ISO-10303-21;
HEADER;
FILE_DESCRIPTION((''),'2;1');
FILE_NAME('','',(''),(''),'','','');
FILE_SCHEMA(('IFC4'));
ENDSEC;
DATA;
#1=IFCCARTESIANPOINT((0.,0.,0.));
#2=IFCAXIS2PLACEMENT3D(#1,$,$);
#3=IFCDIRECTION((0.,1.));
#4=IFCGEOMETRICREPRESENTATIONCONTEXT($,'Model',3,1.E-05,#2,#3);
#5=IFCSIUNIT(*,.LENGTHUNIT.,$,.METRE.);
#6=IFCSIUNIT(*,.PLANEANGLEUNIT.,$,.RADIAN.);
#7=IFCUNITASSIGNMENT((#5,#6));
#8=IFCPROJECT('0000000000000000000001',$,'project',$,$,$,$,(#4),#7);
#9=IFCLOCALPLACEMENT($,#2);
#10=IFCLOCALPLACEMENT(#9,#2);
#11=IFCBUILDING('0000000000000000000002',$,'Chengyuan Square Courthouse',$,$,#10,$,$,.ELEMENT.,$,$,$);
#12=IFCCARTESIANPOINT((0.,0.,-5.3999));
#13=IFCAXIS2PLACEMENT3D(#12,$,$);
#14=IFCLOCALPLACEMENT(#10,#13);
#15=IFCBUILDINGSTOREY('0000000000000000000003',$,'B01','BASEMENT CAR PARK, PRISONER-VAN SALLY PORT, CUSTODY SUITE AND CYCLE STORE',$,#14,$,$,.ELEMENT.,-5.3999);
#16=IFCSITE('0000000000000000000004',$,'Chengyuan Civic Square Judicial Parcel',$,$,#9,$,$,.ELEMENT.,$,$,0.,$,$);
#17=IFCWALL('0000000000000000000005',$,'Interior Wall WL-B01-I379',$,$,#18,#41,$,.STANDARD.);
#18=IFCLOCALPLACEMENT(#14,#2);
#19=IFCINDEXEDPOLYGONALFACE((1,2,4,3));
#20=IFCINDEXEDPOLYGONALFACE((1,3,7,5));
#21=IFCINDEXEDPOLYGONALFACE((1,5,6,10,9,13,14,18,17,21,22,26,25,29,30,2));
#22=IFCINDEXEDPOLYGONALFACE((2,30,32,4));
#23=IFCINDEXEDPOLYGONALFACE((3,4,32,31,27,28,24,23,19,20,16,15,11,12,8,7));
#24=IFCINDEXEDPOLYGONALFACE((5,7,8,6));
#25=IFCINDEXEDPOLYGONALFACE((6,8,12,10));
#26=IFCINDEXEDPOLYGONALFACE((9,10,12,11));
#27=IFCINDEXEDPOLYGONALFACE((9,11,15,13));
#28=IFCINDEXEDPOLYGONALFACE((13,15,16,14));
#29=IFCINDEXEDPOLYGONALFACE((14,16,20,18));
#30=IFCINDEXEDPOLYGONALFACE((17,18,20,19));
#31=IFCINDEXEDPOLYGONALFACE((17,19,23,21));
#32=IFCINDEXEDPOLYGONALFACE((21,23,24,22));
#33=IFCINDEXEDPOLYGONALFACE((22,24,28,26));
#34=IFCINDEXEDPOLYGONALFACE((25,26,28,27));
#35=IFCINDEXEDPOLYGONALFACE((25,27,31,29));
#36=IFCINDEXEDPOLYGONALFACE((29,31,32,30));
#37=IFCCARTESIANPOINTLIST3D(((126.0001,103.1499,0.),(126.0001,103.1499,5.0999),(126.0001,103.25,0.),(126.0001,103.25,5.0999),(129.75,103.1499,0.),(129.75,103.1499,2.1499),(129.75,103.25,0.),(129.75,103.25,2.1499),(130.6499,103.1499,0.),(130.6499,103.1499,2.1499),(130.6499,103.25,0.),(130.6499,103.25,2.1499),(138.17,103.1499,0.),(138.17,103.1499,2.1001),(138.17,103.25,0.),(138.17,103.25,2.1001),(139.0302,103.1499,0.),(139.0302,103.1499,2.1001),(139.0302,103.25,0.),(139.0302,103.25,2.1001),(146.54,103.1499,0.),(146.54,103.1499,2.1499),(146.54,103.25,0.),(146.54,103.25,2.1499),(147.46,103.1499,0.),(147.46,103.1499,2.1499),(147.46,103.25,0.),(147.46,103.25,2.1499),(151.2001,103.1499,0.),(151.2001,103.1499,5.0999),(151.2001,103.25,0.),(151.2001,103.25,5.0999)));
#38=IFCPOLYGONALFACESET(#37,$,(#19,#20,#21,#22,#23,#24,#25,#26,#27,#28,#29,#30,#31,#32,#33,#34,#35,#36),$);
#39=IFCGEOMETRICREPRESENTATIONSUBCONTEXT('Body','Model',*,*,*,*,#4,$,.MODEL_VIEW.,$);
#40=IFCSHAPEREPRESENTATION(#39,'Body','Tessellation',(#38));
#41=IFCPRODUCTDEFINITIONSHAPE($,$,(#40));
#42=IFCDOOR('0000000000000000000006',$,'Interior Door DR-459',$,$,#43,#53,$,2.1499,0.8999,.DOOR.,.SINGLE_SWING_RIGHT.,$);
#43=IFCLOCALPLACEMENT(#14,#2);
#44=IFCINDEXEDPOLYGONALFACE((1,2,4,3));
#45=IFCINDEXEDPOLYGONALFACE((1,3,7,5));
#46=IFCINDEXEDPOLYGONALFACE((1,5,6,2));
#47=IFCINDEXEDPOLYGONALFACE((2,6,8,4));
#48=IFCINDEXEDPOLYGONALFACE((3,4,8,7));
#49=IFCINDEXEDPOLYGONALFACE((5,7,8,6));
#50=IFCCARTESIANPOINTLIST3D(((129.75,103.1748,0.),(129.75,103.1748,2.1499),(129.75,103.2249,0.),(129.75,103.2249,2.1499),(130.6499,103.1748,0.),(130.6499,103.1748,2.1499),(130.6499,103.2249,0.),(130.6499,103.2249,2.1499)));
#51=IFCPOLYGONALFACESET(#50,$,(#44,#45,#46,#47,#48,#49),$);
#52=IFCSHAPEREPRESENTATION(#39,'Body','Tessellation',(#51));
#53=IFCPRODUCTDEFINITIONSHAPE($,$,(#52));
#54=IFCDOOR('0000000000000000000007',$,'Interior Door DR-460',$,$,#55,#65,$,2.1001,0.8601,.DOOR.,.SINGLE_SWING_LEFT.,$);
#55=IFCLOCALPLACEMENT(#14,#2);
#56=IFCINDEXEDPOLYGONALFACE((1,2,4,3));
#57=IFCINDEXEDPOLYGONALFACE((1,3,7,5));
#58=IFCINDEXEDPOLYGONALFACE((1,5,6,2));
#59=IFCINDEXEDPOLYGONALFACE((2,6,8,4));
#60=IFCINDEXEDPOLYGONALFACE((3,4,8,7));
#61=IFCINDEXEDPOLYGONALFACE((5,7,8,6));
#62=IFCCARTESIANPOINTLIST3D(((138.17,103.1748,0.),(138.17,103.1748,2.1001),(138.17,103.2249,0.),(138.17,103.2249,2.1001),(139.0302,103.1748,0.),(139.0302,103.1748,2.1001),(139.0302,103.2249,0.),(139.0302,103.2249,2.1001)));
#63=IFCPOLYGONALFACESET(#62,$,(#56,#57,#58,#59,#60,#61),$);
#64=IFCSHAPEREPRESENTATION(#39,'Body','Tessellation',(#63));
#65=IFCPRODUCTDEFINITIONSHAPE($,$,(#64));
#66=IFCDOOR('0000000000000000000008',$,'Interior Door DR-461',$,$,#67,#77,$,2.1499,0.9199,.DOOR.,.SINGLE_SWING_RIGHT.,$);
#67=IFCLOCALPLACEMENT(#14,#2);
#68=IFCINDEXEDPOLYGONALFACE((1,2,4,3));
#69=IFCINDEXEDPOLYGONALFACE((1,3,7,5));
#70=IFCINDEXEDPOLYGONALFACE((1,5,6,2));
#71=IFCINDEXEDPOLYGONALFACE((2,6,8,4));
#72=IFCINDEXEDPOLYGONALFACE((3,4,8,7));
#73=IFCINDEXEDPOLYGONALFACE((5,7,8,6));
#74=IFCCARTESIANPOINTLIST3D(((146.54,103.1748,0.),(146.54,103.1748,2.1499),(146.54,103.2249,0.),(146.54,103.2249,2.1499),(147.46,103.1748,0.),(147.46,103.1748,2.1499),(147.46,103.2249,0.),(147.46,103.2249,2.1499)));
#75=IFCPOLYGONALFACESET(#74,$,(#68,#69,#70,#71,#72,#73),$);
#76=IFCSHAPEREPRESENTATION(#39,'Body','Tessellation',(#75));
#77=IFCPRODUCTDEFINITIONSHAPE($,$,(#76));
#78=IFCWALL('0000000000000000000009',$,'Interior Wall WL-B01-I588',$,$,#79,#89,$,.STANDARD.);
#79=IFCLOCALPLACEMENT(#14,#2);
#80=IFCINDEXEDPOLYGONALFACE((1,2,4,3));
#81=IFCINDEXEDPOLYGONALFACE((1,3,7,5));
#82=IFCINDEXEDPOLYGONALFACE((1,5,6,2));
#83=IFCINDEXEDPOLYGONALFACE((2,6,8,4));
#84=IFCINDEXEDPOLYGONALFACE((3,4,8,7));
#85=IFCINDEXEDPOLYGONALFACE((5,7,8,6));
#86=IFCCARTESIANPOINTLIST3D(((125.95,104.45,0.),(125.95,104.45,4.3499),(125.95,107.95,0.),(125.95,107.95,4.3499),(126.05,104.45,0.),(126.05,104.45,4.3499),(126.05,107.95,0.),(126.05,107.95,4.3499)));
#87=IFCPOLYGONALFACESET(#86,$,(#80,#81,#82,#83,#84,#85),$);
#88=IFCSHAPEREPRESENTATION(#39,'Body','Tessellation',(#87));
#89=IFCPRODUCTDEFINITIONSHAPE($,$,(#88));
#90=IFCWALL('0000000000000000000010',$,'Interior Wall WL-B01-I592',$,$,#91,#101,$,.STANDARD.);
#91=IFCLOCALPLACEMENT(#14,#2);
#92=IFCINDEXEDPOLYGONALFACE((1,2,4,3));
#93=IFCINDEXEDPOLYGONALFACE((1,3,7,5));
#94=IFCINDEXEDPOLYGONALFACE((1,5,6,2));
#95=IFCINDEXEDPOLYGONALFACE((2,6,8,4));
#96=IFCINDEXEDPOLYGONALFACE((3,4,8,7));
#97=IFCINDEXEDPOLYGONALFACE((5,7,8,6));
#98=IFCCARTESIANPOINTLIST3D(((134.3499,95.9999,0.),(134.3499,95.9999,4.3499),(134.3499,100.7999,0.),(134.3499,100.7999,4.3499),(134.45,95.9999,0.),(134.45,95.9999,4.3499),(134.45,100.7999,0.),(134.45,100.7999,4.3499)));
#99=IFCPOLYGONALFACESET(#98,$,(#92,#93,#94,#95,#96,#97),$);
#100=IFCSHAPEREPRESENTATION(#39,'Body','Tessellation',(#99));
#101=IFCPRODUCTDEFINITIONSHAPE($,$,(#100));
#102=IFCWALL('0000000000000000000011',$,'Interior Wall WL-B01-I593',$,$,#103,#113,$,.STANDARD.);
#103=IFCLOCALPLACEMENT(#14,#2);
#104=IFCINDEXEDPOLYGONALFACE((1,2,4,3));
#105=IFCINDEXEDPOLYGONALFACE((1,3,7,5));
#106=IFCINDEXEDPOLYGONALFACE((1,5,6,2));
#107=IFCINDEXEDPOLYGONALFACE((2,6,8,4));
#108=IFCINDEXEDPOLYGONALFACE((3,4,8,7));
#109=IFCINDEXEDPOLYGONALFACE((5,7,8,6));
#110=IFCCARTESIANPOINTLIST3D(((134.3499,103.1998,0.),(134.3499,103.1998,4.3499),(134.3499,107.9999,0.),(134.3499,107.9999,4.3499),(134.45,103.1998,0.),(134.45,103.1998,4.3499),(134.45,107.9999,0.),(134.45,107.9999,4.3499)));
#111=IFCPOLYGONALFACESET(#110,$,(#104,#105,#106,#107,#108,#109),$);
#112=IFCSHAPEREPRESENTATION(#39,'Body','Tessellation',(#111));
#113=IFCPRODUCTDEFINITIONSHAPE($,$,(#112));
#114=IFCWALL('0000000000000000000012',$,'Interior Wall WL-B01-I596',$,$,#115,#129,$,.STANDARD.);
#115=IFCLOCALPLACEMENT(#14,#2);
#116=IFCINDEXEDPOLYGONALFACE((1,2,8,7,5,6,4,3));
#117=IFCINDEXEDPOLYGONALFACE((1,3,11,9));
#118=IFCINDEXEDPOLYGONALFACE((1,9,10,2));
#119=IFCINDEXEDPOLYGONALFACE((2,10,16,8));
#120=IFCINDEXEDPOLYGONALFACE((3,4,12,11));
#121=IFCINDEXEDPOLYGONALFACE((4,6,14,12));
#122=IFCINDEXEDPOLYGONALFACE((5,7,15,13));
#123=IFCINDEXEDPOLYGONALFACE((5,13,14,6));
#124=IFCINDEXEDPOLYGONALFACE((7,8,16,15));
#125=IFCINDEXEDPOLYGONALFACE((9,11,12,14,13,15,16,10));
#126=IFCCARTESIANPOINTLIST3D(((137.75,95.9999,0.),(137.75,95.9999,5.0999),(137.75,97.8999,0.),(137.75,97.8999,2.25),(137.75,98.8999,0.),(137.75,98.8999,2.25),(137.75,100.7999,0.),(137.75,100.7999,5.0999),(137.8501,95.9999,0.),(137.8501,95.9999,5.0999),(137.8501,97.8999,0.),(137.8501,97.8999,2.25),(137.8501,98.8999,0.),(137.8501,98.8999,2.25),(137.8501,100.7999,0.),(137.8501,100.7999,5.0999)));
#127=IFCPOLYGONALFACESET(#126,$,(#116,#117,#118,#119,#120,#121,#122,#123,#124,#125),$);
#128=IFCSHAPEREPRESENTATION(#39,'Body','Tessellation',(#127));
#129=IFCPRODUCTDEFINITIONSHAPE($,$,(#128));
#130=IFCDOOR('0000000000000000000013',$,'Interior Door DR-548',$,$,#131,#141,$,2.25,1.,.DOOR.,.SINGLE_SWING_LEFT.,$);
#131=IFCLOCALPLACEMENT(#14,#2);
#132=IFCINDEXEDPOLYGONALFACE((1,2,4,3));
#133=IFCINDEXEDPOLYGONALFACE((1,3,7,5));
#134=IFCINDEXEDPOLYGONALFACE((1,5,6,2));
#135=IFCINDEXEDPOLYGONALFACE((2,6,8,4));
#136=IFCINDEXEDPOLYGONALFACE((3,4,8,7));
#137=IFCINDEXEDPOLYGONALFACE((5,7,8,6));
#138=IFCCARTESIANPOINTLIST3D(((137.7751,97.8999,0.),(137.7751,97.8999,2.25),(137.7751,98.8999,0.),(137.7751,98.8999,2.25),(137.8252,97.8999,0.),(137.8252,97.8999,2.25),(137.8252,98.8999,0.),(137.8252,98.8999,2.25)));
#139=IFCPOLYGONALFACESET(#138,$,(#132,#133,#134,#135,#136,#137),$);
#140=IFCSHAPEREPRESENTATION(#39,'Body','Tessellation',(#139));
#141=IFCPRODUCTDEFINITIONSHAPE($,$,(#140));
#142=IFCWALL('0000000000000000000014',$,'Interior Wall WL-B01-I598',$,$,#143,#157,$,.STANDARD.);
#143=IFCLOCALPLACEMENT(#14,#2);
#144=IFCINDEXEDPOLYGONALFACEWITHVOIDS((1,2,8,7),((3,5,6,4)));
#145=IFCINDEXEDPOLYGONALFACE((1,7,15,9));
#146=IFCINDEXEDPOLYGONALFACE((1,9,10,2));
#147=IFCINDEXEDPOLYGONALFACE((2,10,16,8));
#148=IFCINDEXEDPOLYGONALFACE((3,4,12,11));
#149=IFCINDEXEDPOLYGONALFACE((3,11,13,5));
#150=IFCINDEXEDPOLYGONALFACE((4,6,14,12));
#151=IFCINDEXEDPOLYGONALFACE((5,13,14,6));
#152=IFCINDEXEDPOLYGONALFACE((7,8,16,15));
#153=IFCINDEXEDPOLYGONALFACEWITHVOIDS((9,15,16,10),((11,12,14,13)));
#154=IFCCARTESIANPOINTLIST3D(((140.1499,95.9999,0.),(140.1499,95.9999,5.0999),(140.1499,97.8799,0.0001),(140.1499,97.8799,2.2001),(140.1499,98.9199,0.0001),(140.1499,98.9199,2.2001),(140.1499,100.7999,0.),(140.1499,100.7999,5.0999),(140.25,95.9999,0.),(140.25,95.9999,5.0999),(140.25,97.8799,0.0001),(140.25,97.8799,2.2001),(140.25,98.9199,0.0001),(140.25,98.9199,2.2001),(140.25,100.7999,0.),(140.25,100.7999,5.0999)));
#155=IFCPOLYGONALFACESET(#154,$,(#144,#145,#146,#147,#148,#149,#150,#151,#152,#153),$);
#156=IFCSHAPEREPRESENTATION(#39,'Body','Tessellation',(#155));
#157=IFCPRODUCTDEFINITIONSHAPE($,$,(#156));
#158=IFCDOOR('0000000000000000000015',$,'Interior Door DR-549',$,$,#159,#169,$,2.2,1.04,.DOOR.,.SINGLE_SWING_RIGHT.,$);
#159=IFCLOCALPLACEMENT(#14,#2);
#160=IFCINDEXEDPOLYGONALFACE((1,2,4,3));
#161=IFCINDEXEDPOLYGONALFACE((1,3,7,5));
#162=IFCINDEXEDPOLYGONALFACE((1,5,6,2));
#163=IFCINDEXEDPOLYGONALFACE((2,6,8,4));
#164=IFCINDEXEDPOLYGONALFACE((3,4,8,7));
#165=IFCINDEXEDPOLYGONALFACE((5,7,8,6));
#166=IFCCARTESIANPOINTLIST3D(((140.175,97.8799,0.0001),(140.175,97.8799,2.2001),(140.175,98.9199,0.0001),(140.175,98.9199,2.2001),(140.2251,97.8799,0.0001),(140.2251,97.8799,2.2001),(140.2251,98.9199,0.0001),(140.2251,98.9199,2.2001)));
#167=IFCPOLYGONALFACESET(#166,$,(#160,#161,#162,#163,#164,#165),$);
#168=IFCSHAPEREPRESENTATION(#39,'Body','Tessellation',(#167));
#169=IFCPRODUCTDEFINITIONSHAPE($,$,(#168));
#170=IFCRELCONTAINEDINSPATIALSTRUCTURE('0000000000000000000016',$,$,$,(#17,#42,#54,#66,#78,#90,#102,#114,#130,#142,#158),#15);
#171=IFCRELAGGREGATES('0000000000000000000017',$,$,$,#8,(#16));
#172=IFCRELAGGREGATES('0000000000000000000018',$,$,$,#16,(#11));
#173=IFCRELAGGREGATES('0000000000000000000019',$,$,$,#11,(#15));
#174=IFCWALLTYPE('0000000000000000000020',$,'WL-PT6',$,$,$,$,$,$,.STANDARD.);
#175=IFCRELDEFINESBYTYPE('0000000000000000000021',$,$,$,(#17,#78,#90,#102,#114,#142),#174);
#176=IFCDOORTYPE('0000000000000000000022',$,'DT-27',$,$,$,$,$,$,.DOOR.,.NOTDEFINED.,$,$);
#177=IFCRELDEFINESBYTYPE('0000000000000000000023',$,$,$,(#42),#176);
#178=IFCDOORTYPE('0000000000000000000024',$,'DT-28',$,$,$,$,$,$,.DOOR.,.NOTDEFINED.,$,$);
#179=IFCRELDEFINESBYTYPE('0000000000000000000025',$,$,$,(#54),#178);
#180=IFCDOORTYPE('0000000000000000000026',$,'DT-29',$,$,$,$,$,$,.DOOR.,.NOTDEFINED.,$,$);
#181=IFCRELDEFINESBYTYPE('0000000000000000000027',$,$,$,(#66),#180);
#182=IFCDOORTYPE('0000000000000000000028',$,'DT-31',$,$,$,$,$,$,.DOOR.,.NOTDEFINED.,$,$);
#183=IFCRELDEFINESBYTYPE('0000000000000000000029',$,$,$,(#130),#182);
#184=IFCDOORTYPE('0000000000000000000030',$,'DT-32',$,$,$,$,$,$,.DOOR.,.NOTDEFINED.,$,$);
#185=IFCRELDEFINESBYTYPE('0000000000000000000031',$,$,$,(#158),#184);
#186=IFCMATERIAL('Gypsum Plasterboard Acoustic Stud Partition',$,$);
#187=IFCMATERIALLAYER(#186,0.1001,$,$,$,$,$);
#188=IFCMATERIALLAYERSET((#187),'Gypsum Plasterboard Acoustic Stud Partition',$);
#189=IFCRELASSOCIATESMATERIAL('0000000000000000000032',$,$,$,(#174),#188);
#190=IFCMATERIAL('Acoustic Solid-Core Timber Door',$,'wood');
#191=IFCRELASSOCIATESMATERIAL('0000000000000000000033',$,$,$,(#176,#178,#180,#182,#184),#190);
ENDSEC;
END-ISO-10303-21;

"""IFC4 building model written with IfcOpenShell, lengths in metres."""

from ifc_helpers import new_model, si_unit, direction, frame, frame_2d, origin, place, context, subcontext, project, spatial, rectangle, extrude, material, layer, layer_set, type_object, element, fill, save


model = new_model("IFC4")

# Units and contexts
model_context = context("Model", 3, precision=1e-05, world=origin(), true_north=direction((0.0, 1.0)))
body_context = subcontext(model_context, "Body", "Model", "MODEL_VIEW")
ifc_project = project(units=[si_unit("LENGTHUNIT", "METRE"), si_unit("PLANEANGLEUNIT", "RADIAN")], contexts=[model_context])

# Site, building, storey
site_placement = place(None, origin())
site = spatial("IfcSite", under=ifc_project, at=site_placement, Name="Chengyuan Civic Square Judicial Parcel", CompositionType="ELEMENT", RefElevation=0.0)
building_placement = place(site_placement, origin())
building = spatial("IfcBuilding", under=site, at=building_placement, Name="Chengyuan Square Courthouse", CompositionType="ELEMENT")
storey_placement = place(building_placement, frame((0.0, 0.0, -5.3999)))
storey = spatial("IfcBuildingStorey", under=building, at=storey_placement, Name="B01", Description="BASEMENT CAR PARK, PRISONER-VAN SALLY PORT, CUSTODY SUITE AND CYCLE STORE", CompositionType="ELEMENT", Elevation=-5.3999)

# Wall, openings, doors
ifc_material_1 = material(Name="Gypsum Plasterboard Acoustic Stud Partition")
ifc_layer = layer(ifc_material_1, 0.1001)
ifc_layer_set = layer_set([ifc_layer], Name="Gypsum Plasterboard Acoustic Stud Partition")
wall_type = type_object("IfcWallType", Name="WL-PT6", PredefinedType="STANDARD", material=ifc_layer_set)
wall_1_placement = place(storey_placement, frame((126.0, 103.2, 0.0), z_axis=(0.0, 0.0, 1.0), x_axis=(1.0, 0.0, 0.0)))
wall_1 = element("IfcWall", 1, at=wall_1_placement, inside=storey, type_object=wall_type, Name="Interior Wall WL-B01-I379", PredefinedType="STANDARD", context=body_context, shape_type="SweptSolid", body=[
    extrude(rectangle(XDim=25.2, YDim=0.1001, at=frame_2d((12.6001, 0.0))), origin(), (0.0, 0.0, 1.0), 5.0999),
])
opening_1_placement = place(wall_1_placement, frame((3.75, 0.0, 0.0)))
opening_1 = element("IfcOpeningElement", 2, at=opening_1_placement, cuts=wall_1, PredefinedType="OPENING", context=body_context, shape_type="SweptSolid", body=[
    extrude(rectangle(XDim=0.8999, YDim=2.1499, at=frame_2d((0.45, 1.075))), frame((0.0, 0.062, 0.0), z_axis=(0.0, -1.0, 0.0), x_axis=(1.0, 0.0, 0.0)), (0.0, 0.0, 1.0), 0.124),
])
opening_2_placement = place(wall_1_placement, frame((12.1699, 0.0, 0.0)))
opening_2 = element("IfcOpeningElement", 3, at=opening_2_placement, cuts=wall_1, PredefinedType="OPENING", context=body_context, shape_type="SweptSolid", body=[
    extrude(rectangle(XDim=0.8601, YDim=2.1001, at=frame_2d((0.4302, 1.05))), frame((0.0, 0.062, 0.0), z_axis=(0.0, -1.0, 0.0), x_axis=(1.0, 0.0, 0.0)), (0.0, 0.0, 1.0), 0.124),
])
opening_3_placement = place(wall_1_placement, frame((20.54, 0.0, 0.0)))
opening_3 = element("IfcOpeningElement", 4, at=opening_3_placement, cuts=wall_1, PredefinedType="OPENING", context=body_context, shape_type="SweptSolid", body=[
    extrude(rectangle(XDim=0.9199, YDim=2.1499, at=frame_2d((0.46, 1.075))), frame((0.0, 0.062, 0.0), z_axis=(0.0, -1.0, 0.0), x_axis=(1.0, 0.0, 0.0)), (0.0, 0.0, 1.0), 0.124),
])
ifc_material_2 = material(Name="Acoustic Solid-Core Timber Door", Category="wood")
door_type_1 = type_object("IfcDoorType", Name="DT-27", OperationType="NOTDEFINED", PredefinedType="DOOR", material=ifc_material_2)
door_1_placement = place(opening_1_placement, origin())
door_1 = element("IfcDoor", 5, at=door_1_placement, inside=storey, type_object=door_type_1, Name="Interior Door DR-459", OperationType="SINGLE_SWING_RIGHT", OverallHeight=2.1499, OverallWidth=0.8999, PredefinedType="DOOR", context=body_context, shape_type="SweptSolid", body=[
    extrude(rectangle(XDim=0.8999, YDim=2.1499, at=frame_2d((0.45, 1.075))), frame((0.0, 0.0249, 0.0), z_axis=(0.0, -1.0, 0.0), x_axis=(1.0, 0.0, 0.0)), (0.0, 0.0, 1.0), 0.05),
])
fill(opening_1, door_1)
door_type_2 = type_object("IfcDoorType", Name="DT-28", OperationType="NOTDEFINED", PredefinedType="DOOR", material=ifc_material_2)
door_2_placement = place(opening_2_placement, origin())
door_2 = element("IfcDoor", 6, at=door_2_placement, inside=storey, type_object=door_type_2, Name="Interior Door DR-460", OperationType="SINGLE_SWING_LEFT", OverallHeight=2.1001, OverallWidth=0.8601, PredefinedType="DOOR", context=body_context, shape_type="SweptSolid", body=[
    extrude(rectangle(XDim=0.8601, YDim=2.1001, at=frame_2d((0.4302, 1.05))), frame((0.0, 0.0249, 0.0), z_axis=(0.0, -1.0, 0.0), x_axis=(1.0, 0.0, 0.0)), (0.0, 0.0, 1.0), 0.05),
])
fill(opening_2, door_2)
door_type_3 = type_object("IfcDoorType", Name="DT-29", OperationType="NOTDEFINED", PredefinedType="DOOR", material=ifc_material_2)
door_3_placement = place(opening_3_placement, origin())
door_3 = element("IfcDoor", 7, at=door_3_placement, inside=storey, type_object=door_type_3, Name="Interior Door DR-461", OperationType="SINGLE_SWING_RIGHT", OverallHeight=2.1499, OverallWidth=0.9199, PredefinedType="DOOR", context=body_context, shape_type="SweptSolid", body=[
    extrude(rectangle(XDim=0.9199, YDim=2.1499, at=frame_2d((0.46, 1.075))), frame((0.0, 0.0249, 0.0), z_axis=(0.0, -1.0, 0.0), x_axis=(1.0, 0.0, 0.0)), (0.0, 0.0, 1.0), 0.05),
])
fill(opening_3, door_3)

# Walls
wall_2_placement = place(storey_placement, frame((126.0, 104.45, 0.0), z_axis=(0.0, 0.0, 1.0), x_axis=(0.0, 1.0, 0.0)))
element("IfcWall", 8, at=wall_2_placement, inside=storey, type_object=wall_type, Name="Interior Wall WL-B01-I588", PredefinedType="STANDARD", context=body_context, shape_type="SweptSolid", body=[
    extrude(rectangle(XDim=3.5, YDim=0.1001, at=frame_2d((1.75, 0.0))), origin(), (0.0, 0.0, 1.0), 4.3499),
])
for number, where, z_axis, x_axis, name in (
    (9, (134.3999, 96.0, 0.0), (0.0, 0.0, 1.0), (0.0, 1.0, 0.0), "Interior Wall WL-B01-I592"),
    (10, (134.3999, 103.2, 0.0), (0.0, 0.0, 1.0), (0.0, 1.0, 0.0), "Interior Wall WL-B01-I593"),
):
    element("IfcWall", number, at=place(storey_placement, frame(where, z_axis=z_axis, x_axis=x_axis)), inside=storey, type_object=wall_type, Name=name, PredefinedType="STANDARD", context=body_context, shape_type="SweptSolid", body=[
        extrude(rectangle(XDim=4.8, YDim=0.1001, at=frame_2d((2.3999, 0.0))), origin(), (0.0, 0.0, 1.0), 4.3499),
    ])

# Walls, openings, doors
wall_3_placement = place(storey_placement, frame((137.8, 96.0, 0.0), z_axis=(0.0, 0.0, 1.0), x_axis=(0.0, 1.0, 0.0)))
wall_3 = element("IfcWall", 11, at=wall_3_placement, inside=storey, type_object=wall_type, Name="Interior Wall WL-B01-I596", PredefinedType="STANDARD", context=body_context, shape_type="SweptSolid", body=[
    extrude(rectangle(XDim=4.8, YDim=0.1001, at=frame_2d((2.3999, 0.0))), origin(), (0.0, 0.0, 1.0), 5.0999),
])
opening_4_placement = place(wall_3_placement, frame((1.8999, 0.0, 0.0)))
opening_4 = element("IfcOpeningElement", 12, at=opening_4_placement, cuts=wall_3, PredefinedType="OPENING", context=body_context, shape_type="SweptSolid", body=[
    extrude(rectangle(XDim=1.0, YDim=2.25, at=frame_2d((0.5, 1.125))), frame((0.0, 0.062, 0.0), z_axis=(0.0, -1.0, 0.0), x_axis=(1.0, 0.0, 0.0)), (0.0, 0.0, 1.0), 0.124),
])
door_type_4 = type_object("IfcDoorType", Name="DT-31", OperationType="NOTDEFINED", PredefinedType="DOOR", material=ifc_material_2)
door_4_placement = place(opening_4_placement, origin())
door_4 = element("IfcDoor", 13, at=door_4_placement, inside=storey, type_object=door_type_4, Name="Interior Door DR-548", OperationType="SINGLE_SWING_LEFT", OverallHeight=2.25, OverallWidth=1.0, PredefinedType="DOOR", context=body_context, shape_type="SweptSolid", body=[
    extrude(rectangle(XDim=1.0, YDim=2.25, at=frame_2d((0.5, 1.125))), frame((0.0, 0.0249, 0.0), z_axis=(0.0, -1.0, 0.0), x_axis=(1.0, 0.0, 0.0)), (0.0, 0.0, 1.0), 0.05),
])
fill(opening_4, door_4)
wall_4_placement = place(storey_placement, frame((140.2, 96.0, 0.0), z_axis=(0.0, 0.0, 1.0), x_axis=(0.0, 1.0, 0.0)))
wall_4 = element("IfcWall", 14, at=wall_4_placement, inside=storey, type_object=wall_type, Name="Interior Wall WL-B01-I598", PredefinedType="STANDARD", context=body_context, shape_type="SweptSolid", body=[
    extrude(rectangle(XDim=4.8, YDim=0.1001, at=frame_2d((2.3999, 0.0))), origin(), (0.0, 0.0, 1.0), 5.0999),
])
opening_5_placement = place(wall_4_placement, frame((1.8799, 0.0, 0.0)))
opening_5 = element("IfcOpeningElement", 15, at=opening_5_placement, cuts=wall_4, PredefinedType="OPENING", context=body_context, shape_type="SweptSolid", body=[
    extrude(rectangle(XDim=1.04, YDim=2.2, at=frame_2d((0.52, 1.1001))), frame((0.0, 0.062, 0.0), z_axis=(0.0, -1.0, 0.0), x_axis=(1.0, 0.0, 0.0)), (0.0, 0.0, 1.0), 0.124),
])
door_type_5 = type_object("IfcDoorType", Name="DT-32", OperationType="NOTDEFINED", PredefinedType="DOOR", material=ifc_material_2)
door_5_placement = place(opening_5_placement, origin())
door_5 = element("IfcDoor", 16, at=door_5_placement, inside=storey, type_object=door_type_5, Name="Interior Door DR-549", OperationType="SINGLE_SWING_RIGHT", OverallHeight=2.2, OverallWidth=1.04, PredefinedType="DOOR", context=body_context, shape_type="SweptSolid", body=[
    extrude(rectangle(XDim=1.04, YDim=2.2, at=frame_2d((0.52, 1.1001))), frame((0.0, 0.0249, 0.0), z_axis=(0.0, -1.0, 0.0), x_axis=(1.0, 0.0, 0.0)), (0.0, 0.0, 1.0), 0.05),
])
fill(opening_5, door_5)

save(model, "model.ifc")
